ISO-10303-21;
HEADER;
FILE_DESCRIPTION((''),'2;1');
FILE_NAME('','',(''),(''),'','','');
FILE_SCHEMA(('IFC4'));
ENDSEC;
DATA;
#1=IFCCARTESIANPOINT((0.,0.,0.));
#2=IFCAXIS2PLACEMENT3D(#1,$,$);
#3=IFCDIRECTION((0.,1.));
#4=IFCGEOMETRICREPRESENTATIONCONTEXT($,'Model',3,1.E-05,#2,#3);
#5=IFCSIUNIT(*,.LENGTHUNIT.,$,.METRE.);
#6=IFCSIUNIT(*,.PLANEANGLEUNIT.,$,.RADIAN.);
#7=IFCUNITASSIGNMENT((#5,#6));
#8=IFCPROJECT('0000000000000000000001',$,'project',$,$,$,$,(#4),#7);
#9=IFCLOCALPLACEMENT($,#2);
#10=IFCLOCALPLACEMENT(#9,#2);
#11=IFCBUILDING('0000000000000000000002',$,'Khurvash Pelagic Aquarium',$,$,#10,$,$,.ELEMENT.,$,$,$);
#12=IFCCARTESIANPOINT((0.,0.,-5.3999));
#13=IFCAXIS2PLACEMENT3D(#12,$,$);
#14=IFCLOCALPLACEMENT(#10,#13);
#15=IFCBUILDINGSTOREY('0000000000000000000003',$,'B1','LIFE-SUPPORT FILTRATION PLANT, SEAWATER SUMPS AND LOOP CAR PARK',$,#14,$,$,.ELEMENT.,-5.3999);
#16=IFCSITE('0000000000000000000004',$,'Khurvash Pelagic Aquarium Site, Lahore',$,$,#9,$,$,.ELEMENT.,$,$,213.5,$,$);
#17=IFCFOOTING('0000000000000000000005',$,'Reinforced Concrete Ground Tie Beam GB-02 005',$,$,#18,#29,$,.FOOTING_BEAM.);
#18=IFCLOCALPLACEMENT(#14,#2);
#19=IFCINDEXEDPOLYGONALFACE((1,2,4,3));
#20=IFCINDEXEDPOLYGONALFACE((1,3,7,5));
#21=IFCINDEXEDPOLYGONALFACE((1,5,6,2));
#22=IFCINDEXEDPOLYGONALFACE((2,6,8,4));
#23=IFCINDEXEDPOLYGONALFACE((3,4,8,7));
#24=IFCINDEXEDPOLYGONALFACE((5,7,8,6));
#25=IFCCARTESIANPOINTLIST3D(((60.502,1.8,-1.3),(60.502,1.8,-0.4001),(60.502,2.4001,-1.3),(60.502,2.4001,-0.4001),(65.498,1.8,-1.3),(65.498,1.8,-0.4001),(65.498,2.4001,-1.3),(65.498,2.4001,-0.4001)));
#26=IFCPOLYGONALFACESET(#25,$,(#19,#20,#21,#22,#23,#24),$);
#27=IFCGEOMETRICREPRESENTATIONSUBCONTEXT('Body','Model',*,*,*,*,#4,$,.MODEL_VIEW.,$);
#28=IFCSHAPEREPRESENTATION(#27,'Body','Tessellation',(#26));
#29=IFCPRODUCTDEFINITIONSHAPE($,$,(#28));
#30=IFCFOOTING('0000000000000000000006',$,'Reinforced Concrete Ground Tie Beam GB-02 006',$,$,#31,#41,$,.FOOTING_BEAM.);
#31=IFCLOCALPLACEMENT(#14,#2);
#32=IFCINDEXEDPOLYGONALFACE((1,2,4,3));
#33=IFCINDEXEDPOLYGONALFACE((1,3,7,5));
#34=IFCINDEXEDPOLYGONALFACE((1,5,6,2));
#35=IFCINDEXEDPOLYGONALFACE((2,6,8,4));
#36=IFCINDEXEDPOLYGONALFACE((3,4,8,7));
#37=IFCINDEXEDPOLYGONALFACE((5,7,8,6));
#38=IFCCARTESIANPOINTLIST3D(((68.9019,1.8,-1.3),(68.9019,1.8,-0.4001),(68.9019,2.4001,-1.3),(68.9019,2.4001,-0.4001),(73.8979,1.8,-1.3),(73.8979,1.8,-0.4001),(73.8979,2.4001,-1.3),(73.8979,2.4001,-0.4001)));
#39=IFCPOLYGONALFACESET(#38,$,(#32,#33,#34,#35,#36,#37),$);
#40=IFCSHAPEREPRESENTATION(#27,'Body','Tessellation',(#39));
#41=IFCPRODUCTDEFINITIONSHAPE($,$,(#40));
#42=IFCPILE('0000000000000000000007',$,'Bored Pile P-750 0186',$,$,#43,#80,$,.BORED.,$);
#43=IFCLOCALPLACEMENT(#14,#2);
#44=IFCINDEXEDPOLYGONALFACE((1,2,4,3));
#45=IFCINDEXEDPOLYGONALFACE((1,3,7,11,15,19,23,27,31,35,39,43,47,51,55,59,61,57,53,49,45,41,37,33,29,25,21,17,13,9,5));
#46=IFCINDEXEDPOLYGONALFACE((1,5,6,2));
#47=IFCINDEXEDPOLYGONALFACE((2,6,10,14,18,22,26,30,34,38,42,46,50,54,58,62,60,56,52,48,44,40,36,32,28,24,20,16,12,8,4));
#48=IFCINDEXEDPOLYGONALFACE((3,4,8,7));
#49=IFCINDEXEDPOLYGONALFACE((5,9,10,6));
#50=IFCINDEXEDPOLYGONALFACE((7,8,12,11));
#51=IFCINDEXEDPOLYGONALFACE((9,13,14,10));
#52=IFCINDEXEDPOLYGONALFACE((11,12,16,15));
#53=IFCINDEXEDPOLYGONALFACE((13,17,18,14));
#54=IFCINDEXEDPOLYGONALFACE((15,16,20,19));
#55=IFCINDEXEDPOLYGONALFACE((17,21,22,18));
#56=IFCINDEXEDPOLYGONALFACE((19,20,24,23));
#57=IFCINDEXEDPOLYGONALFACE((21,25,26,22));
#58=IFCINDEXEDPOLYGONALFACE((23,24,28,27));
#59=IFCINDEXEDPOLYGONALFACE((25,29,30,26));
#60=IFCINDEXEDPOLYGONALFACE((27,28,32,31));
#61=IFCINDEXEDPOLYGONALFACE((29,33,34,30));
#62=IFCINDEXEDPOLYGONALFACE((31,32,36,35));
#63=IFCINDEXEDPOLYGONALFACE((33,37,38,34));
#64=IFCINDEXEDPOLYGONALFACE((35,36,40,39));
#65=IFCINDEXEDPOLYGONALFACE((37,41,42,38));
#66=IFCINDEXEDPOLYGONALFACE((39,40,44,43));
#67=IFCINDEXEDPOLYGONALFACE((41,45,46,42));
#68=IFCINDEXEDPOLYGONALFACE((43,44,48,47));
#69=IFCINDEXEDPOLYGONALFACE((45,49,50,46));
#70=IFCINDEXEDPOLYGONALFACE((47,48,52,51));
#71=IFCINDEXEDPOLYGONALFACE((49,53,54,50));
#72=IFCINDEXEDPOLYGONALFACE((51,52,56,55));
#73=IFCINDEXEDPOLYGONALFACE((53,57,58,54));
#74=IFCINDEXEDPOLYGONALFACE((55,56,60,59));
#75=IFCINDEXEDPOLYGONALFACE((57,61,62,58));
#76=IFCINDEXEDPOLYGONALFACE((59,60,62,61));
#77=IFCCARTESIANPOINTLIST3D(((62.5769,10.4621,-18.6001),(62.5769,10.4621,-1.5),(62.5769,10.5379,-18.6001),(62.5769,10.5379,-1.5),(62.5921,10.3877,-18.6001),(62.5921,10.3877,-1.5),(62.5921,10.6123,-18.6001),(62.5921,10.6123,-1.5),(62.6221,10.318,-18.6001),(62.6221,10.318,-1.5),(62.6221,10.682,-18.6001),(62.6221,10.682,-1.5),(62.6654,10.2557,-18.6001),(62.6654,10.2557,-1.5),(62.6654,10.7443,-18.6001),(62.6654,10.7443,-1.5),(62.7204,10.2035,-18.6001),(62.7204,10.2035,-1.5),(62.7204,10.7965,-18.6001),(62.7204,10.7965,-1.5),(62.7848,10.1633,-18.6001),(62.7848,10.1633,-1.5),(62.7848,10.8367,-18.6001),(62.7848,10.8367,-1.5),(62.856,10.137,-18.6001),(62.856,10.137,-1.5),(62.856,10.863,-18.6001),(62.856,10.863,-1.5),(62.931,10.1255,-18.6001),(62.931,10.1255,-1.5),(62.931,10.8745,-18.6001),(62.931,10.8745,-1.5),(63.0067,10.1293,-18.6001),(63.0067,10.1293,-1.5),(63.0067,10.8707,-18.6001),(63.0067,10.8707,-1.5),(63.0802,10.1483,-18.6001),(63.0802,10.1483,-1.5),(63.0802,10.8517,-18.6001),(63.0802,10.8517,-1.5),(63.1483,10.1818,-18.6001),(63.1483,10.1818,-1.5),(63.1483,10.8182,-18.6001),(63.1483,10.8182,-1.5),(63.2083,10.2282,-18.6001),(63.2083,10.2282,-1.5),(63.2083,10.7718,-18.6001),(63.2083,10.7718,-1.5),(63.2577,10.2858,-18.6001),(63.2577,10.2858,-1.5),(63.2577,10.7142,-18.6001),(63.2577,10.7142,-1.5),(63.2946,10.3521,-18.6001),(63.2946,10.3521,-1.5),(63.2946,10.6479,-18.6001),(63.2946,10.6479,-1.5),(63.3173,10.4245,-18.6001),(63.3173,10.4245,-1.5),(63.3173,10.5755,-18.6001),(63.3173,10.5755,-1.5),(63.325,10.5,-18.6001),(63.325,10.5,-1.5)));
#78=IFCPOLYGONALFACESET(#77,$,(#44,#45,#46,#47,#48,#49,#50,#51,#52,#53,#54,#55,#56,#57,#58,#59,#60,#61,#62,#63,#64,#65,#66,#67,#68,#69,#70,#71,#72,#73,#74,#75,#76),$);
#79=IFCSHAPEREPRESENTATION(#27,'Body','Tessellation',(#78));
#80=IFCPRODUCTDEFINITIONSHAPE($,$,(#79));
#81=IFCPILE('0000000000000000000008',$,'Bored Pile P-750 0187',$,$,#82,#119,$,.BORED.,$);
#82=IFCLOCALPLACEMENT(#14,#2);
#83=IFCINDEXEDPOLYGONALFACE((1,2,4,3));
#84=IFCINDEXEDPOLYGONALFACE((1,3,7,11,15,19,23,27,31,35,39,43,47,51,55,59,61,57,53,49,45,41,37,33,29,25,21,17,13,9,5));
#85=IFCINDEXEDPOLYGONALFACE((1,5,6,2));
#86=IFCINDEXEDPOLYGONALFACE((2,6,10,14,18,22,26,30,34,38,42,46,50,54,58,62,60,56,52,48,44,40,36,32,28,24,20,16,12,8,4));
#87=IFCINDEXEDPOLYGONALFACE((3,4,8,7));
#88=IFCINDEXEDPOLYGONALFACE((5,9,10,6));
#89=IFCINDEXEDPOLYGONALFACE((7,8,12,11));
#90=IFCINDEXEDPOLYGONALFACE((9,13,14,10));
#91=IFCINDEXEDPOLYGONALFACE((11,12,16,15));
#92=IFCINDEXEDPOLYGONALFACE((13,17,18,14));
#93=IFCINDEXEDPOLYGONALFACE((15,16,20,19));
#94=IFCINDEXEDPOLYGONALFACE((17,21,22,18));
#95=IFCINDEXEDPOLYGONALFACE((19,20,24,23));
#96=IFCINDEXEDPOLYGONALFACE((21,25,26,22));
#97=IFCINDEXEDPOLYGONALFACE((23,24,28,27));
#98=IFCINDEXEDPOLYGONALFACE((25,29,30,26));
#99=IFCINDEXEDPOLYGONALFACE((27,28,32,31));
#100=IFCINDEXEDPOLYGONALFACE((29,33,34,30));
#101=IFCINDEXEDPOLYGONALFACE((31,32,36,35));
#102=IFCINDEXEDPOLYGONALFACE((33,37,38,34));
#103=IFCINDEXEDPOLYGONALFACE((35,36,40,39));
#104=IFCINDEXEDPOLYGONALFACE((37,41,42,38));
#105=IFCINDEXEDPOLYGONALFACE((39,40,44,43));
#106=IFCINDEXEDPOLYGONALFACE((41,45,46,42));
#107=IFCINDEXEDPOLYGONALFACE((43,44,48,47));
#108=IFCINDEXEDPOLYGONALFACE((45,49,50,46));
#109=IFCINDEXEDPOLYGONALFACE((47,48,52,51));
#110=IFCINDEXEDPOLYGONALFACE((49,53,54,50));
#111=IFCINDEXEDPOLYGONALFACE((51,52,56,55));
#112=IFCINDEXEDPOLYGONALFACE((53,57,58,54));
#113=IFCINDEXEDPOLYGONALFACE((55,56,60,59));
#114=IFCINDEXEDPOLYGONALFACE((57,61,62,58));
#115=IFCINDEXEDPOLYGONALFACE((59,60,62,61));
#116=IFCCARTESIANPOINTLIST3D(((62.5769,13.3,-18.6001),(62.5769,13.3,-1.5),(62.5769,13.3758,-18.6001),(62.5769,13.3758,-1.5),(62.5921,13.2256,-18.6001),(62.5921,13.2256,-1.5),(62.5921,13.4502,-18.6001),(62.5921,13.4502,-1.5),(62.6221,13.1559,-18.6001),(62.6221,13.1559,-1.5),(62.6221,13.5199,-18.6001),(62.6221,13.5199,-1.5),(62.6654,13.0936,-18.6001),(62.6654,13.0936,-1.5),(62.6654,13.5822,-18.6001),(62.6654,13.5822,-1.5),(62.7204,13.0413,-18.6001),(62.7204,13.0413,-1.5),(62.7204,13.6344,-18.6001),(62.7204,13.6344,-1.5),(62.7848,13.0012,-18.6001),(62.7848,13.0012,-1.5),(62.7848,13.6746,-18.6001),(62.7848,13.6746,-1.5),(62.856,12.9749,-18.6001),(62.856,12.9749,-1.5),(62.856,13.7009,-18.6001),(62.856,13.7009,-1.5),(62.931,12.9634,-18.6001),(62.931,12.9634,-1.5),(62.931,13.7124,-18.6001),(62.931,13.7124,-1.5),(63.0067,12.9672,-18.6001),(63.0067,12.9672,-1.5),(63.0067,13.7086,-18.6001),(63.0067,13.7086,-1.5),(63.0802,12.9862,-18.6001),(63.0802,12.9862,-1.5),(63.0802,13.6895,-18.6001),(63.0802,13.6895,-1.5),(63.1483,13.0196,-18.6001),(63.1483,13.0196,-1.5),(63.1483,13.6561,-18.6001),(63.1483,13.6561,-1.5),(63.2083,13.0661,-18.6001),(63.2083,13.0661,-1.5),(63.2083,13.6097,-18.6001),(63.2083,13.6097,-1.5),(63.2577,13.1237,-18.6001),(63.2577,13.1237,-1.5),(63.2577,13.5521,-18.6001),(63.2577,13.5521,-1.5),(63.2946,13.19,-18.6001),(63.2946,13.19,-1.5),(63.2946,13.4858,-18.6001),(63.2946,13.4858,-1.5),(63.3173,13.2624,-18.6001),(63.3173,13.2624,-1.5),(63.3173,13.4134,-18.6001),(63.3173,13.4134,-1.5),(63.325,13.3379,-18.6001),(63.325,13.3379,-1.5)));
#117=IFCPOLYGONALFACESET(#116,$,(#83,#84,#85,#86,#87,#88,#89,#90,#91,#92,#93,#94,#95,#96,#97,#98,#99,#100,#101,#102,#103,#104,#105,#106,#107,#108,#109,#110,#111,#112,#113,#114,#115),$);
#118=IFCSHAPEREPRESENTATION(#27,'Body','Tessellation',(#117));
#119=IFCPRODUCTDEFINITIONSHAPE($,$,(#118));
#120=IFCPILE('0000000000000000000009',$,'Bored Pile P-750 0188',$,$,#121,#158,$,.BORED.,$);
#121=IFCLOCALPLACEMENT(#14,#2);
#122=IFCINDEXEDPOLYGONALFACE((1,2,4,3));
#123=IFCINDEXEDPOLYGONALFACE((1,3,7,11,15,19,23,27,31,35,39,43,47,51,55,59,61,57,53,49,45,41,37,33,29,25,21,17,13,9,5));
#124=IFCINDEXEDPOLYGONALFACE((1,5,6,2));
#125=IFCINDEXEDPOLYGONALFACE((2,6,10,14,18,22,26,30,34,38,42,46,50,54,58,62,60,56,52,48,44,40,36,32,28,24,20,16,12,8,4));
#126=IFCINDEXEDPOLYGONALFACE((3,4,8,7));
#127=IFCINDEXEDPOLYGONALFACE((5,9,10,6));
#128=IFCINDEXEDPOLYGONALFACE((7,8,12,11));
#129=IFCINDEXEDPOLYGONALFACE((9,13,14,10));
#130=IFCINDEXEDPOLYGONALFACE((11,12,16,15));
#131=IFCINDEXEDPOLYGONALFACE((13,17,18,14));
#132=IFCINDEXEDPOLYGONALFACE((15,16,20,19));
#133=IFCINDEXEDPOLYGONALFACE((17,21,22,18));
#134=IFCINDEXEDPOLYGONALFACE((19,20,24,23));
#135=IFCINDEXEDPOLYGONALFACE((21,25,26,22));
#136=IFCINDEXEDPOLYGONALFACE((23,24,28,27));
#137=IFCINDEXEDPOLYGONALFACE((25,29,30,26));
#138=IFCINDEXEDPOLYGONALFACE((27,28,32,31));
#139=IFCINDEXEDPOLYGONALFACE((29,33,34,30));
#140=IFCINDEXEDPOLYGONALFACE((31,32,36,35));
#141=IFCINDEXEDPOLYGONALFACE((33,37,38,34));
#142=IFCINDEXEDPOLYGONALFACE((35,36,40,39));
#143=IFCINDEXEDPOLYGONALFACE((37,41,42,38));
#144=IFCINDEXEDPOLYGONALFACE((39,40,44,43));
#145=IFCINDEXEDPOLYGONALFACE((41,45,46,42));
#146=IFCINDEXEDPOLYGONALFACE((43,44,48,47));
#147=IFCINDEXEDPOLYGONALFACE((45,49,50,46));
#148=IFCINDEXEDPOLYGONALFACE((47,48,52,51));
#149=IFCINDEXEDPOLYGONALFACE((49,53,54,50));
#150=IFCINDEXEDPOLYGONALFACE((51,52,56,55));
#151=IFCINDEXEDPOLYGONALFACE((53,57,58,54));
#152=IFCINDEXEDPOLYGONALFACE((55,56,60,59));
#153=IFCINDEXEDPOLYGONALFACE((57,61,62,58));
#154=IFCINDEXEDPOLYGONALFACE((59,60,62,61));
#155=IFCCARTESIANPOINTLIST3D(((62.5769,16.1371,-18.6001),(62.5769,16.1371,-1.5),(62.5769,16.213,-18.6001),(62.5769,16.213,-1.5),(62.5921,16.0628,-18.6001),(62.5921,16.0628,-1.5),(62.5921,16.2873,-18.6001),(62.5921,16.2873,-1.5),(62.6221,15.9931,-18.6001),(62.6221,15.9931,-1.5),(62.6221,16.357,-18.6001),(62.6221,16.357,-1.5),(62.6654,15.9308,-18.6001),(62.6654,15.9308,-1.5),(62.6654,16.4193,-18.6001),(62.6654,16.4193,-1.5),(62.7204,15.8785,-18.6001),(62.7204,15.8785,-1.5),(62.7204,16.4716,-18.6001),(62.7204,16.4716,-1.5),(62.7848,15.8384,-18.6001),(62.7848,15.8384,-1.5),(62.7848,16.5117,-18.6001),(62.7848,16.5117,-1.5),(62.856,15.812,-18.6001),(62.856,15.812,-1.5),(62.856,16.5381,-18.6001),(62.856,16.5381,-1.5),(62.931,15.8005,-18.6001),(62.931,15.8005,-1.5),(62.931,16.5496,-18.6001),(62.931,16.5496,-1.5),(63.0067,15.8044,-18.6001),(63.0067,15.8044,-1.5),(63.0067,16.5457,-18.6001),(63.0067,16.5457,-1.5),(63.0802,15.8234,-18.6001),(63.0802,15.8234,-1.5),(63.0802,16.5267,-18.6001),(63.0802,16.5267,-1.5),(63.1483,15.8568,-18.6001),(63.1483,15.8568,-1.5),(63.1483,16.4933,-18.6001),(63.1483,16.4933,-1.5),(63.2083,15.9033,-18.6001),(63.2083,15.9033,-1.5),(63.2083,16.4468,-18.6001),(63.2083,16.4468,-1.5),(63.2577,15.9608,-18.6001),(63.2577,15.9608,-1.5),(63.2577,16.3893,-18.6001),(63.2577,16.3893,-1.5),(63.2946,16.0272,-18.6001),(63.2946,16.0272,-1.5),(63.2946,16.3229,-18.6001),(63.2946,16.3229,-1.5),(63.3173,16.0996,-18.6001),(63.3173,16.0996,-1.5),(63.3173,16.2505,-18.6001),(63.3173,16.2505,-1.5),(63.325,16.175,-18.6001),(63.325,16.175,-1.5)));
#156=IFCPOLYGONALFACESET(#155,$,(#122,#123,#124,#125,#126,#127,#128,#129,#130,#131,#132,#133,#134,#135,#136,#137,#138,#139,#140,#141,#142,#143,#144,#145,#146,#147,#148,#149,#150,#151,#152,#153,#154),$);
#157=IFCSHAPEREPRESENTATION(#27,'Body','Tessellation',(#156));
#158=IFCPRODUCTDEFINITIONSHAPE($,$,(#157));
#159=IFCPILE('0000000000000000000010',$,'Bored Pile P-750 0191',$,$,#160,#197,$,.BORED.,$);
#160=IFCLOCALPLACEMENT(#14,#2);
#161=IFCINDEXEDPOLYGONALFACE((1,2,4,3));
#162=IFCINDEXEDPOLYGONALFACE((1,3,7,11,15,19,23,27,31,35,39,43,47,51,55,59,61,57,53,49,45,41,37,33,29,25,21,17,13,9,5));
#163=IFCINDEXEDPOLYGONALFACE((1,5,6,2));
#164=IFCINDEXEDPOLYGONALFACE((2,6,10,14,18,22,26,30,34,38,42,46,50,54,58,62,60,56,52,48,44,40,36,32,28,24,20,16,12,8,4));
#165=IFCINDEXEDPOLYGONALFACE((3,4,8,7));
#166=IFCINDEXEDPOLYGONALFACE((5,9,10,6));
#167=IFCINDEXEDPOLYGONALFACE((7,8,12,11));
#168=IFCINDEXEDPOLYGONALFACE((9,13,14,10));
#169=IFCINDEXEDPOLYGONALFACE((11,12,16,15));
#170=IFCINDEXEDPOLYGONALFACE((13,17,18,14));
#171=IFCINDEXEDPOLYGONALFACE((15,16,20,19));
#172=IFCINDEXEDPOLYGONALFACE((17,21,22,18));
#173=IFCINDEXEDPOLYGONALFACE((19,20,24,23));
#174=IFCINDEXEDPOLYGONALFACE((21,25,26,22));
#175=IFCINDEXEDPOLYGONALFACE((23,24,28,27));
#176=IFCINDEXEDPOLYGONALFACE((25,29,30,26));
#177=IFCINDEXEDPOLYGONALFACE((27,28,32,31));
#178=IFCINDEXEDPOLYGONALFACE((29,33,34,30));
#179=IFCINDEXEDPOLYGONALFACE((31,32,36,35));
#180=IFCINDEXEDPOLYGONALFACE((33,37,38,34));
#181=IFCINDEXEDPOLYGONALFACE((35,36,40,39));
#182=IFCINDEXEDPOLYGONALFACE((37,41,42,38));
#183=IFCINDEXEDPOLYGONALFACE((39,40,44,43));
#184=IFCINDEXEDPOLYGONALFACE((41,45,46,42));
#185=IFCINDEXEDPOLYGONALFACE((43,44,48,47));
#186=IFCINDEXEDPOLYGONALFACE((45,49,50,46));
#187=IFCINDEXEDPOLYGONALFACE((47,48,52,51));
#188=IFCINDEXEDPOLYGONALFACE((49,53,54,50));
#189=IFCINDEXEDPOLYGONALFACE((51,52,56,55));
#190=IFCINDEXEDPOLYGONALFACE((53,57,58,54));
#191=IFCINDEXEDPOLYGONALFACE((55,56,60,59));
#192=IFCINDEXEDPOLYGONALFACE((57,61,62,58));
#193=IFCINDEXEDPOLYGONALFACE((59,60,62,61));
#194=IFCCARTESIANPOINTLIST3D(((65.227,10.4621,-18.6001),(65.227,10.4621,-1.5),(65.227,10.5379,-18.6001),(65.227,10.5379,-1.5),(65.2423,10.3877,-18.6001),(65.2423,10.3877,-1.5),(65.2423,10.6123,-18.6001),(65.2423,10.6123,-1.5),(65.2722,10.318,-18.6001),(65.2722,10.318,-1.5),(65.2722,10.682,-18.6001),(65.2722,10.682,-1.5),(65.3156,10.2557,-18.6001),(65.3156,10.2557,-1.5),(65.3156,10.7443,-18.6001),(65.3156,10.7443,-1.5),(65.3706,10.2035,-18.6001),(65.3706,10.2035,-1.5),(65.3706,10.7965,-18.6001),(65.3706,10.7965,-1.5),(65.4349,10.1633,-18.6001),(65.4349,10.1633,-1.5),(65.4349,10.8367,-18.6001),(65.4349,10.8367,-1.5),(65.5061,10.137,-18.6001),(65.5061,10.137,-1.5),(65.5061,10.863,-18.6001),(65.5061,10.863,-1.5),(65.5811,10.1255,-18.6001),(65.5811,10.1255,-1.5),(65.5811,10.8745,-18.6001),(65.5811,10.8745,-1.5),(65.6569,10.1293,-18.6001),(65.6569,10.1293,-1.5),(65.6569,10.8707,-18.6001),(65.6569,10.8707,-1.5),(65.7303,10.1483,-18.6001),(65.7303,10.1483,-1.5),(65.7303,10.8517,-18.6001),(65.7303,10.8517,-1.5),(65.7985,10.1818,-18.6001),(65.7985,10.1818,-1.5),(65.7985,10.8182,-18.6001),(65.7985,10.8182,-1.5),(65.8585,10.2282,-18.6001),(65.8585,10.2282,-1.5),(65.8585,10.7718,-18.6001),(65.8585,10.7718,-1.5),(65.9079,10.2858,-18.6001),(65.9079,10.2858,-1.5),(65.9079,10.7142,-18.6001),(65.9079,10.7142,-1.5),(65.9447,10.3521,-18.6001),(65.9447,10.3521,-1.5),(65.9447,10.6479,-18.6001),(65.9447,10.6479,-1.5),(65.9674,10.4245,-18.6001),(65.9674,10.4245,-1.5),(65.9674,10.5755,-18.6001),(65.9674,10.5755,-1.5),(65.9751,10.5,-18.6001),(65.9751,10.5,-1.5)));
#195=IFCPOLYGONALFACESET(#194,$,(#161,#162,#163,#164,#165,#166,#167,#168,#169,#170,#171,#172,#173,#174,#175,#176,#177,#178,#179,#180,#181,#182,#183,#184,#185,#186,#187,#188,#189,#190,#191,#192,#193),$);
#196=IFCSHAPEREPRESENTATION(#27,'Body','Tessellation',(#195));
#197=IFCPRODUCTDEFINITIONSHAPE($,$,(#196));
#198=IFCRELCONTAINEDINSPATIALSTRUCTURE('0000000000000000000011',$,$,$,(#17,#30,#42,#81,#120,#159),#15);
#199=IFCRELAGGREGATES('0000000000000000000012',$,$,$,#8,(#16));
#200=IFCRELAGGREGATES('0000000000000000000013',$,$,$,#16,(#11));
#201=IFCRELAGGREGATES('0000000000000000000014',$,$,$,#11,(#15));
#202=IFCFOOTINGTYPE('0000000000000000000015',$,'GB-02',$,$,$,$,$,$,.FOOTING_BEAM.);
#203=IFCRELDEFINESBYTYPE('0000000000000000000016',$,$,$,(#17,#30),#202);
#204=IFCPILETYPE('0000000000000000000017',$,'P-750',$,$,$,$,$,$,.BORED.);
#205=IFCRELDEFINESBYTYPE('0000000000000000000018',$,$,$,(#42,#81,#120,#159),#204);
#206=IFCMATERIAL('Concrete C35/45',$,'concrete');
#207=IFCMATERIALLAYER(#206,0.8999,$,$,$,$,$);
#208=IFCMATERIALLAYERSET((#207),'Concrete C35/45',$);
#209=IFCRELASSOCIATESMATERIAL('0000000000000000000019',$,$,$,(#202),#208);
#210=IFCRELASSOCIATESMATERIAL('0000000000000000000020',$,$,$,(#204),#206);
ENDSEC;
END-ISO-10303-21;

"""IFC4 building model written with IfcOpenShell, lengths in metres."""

from ifc_helpers import new_model, si_unit, direction, frame, origin, origin_2d, place, context, subcontext, project, spatial, rectangle, circle, extrude, material, layer, layer_set, material_profile, profile_set, type_object, element, save


model = new_model("IFC4")

# Units and contexts
model_context = context("Model", 3, precision=1e-05, world=origin(), true_north=direction((0.0, 1.0)))
body_context = subcontext(model_context, "Body", "Model", "MODEL_VIEW")
ifc_project = project(units=[si_unit("LENGTHUNIT", "METRE"), si_unit("PLANEANGLEUNIT", "RADIAN")], contexts=[model_context])

# Site, building, storey
site_placement = place(None, origin())
site = spatial("IfcSite", under=ifc_project, at=site_placement, Name="Khurvash Pelagic Aquarium Site, Lahore", CompositionType="ELEMENT", RefElevation=213.5)
building_placement = place(site_placement, origin())
building = spatial("IfcBuilding", under=site, at=building_placement, Name="Khurvash Pelagic Aquarium", CompositionType="ELEMENT")
storey_placement = place(building_placement, frame((0.0, 0.0, -5.3999)))
storey = spatial("IfcBuildingStorey", under=building, at=storey_placement, Name="B1", Description="LIFE-SUPPORT FILTRATION PLANT, SEAWATER SUMPS AND LOOP CAR PARK", CompositionType="ELEMENT", Elevation=-5.3999)

# Footings
ifc_material_1 = material(Name="Concrete C35/45", Category="concrete")
ifc_layer_1 = layer(ifc_material_1, 0.8999)
ifc_layer_set_1 = layer_set([ifc_layer_1], Name="Concrete C35/45")
footing_type_1 = type_object("IfcFootingType", Name="GB-02", PredefinedType="FOOTING_BEAM", material=ifc_layer_set_1)
for number, where, z_axis, x_axis, name in (
    (1, (63.0, 2.1001, -1.3), (0.0, 0.0, 1.0), (1.0, 0.0, 0.0), "Reinforced Concrete Ground Tie Beam GB-02 005"),
    (2, (71.3999, 2.1001, -1.3), (0.0, 0.0, 1.0), (1.0, 0.0, 0.0), "Reinforced Concrete Ground Tie Beam GB-02 006"),
):
    element("IfcFooting", number, at=place(storey_placement, frame(where, z_axis=z_axis, x_axis=x_axis)), inside=storey, type_object=footing_type_1, Name=name, PredefinedType="FOOTING_BEAM", context=body_context, shape_type="SweptSolid", body=[
        extrude(rectangle(XDim=4.9961, YDim=0.6001, at=origin_2d()), origin(), (0.0, 0.0, 1.0), 0.8999),
    ])

# Piles
ifc_material_profile_1 = material_profile(ifc_material_1, circle(Radius=0.375, at=origin_2d()), Name="PILE750")
ifc_profile_set_1 = profile_set([ifc_material_profile_1], Name="Concrete C35/45")
pile_type = type_object("IfcPileType", Name="P-750", PredefinedType="BORED", material=ifc_profile_set_1)
for number, where, z_axis, x_axis, name in (
    (3, (62.95, 10.5, -1.5), (0.0, 0.0, -1.0), (1.0, 0.0, 0.0), "Bored Pile P-750 0186"),
    (4, (62.95, 13.3379, -1.5), (0.0, 0.0, -1.0), (1.0, 0.0, 0.0), "Bored Pile P-750 0187"),
    (5, (62.95, 16.175, -1.5), (0.0, 0.0, -1.0), (1.0, 0.0, 0.0), "Bored Pile P-750 0188"),
    (6, (65.6001, 10.5, -1.5), (0.0, 0.0, -1.0), (1.0, 0.0, 0.0), "Bored Pile P-750 0191"),
):
    element("IfcPile", number, at=place(storey_placement, frame(where, z_axis=z_axis, x_axis=x_axis)), inside=storey, type_object=pile_type, Name=name, PredefinedType="BORED", context=body_context, shape_type="SweptSolid", body=[
        extrude(circle(Radius=0.375, at=origin_2d()), origin(), (0.0, 0.0, 1.0), 17.1001),
    ])

save(model, "model.ifc")
